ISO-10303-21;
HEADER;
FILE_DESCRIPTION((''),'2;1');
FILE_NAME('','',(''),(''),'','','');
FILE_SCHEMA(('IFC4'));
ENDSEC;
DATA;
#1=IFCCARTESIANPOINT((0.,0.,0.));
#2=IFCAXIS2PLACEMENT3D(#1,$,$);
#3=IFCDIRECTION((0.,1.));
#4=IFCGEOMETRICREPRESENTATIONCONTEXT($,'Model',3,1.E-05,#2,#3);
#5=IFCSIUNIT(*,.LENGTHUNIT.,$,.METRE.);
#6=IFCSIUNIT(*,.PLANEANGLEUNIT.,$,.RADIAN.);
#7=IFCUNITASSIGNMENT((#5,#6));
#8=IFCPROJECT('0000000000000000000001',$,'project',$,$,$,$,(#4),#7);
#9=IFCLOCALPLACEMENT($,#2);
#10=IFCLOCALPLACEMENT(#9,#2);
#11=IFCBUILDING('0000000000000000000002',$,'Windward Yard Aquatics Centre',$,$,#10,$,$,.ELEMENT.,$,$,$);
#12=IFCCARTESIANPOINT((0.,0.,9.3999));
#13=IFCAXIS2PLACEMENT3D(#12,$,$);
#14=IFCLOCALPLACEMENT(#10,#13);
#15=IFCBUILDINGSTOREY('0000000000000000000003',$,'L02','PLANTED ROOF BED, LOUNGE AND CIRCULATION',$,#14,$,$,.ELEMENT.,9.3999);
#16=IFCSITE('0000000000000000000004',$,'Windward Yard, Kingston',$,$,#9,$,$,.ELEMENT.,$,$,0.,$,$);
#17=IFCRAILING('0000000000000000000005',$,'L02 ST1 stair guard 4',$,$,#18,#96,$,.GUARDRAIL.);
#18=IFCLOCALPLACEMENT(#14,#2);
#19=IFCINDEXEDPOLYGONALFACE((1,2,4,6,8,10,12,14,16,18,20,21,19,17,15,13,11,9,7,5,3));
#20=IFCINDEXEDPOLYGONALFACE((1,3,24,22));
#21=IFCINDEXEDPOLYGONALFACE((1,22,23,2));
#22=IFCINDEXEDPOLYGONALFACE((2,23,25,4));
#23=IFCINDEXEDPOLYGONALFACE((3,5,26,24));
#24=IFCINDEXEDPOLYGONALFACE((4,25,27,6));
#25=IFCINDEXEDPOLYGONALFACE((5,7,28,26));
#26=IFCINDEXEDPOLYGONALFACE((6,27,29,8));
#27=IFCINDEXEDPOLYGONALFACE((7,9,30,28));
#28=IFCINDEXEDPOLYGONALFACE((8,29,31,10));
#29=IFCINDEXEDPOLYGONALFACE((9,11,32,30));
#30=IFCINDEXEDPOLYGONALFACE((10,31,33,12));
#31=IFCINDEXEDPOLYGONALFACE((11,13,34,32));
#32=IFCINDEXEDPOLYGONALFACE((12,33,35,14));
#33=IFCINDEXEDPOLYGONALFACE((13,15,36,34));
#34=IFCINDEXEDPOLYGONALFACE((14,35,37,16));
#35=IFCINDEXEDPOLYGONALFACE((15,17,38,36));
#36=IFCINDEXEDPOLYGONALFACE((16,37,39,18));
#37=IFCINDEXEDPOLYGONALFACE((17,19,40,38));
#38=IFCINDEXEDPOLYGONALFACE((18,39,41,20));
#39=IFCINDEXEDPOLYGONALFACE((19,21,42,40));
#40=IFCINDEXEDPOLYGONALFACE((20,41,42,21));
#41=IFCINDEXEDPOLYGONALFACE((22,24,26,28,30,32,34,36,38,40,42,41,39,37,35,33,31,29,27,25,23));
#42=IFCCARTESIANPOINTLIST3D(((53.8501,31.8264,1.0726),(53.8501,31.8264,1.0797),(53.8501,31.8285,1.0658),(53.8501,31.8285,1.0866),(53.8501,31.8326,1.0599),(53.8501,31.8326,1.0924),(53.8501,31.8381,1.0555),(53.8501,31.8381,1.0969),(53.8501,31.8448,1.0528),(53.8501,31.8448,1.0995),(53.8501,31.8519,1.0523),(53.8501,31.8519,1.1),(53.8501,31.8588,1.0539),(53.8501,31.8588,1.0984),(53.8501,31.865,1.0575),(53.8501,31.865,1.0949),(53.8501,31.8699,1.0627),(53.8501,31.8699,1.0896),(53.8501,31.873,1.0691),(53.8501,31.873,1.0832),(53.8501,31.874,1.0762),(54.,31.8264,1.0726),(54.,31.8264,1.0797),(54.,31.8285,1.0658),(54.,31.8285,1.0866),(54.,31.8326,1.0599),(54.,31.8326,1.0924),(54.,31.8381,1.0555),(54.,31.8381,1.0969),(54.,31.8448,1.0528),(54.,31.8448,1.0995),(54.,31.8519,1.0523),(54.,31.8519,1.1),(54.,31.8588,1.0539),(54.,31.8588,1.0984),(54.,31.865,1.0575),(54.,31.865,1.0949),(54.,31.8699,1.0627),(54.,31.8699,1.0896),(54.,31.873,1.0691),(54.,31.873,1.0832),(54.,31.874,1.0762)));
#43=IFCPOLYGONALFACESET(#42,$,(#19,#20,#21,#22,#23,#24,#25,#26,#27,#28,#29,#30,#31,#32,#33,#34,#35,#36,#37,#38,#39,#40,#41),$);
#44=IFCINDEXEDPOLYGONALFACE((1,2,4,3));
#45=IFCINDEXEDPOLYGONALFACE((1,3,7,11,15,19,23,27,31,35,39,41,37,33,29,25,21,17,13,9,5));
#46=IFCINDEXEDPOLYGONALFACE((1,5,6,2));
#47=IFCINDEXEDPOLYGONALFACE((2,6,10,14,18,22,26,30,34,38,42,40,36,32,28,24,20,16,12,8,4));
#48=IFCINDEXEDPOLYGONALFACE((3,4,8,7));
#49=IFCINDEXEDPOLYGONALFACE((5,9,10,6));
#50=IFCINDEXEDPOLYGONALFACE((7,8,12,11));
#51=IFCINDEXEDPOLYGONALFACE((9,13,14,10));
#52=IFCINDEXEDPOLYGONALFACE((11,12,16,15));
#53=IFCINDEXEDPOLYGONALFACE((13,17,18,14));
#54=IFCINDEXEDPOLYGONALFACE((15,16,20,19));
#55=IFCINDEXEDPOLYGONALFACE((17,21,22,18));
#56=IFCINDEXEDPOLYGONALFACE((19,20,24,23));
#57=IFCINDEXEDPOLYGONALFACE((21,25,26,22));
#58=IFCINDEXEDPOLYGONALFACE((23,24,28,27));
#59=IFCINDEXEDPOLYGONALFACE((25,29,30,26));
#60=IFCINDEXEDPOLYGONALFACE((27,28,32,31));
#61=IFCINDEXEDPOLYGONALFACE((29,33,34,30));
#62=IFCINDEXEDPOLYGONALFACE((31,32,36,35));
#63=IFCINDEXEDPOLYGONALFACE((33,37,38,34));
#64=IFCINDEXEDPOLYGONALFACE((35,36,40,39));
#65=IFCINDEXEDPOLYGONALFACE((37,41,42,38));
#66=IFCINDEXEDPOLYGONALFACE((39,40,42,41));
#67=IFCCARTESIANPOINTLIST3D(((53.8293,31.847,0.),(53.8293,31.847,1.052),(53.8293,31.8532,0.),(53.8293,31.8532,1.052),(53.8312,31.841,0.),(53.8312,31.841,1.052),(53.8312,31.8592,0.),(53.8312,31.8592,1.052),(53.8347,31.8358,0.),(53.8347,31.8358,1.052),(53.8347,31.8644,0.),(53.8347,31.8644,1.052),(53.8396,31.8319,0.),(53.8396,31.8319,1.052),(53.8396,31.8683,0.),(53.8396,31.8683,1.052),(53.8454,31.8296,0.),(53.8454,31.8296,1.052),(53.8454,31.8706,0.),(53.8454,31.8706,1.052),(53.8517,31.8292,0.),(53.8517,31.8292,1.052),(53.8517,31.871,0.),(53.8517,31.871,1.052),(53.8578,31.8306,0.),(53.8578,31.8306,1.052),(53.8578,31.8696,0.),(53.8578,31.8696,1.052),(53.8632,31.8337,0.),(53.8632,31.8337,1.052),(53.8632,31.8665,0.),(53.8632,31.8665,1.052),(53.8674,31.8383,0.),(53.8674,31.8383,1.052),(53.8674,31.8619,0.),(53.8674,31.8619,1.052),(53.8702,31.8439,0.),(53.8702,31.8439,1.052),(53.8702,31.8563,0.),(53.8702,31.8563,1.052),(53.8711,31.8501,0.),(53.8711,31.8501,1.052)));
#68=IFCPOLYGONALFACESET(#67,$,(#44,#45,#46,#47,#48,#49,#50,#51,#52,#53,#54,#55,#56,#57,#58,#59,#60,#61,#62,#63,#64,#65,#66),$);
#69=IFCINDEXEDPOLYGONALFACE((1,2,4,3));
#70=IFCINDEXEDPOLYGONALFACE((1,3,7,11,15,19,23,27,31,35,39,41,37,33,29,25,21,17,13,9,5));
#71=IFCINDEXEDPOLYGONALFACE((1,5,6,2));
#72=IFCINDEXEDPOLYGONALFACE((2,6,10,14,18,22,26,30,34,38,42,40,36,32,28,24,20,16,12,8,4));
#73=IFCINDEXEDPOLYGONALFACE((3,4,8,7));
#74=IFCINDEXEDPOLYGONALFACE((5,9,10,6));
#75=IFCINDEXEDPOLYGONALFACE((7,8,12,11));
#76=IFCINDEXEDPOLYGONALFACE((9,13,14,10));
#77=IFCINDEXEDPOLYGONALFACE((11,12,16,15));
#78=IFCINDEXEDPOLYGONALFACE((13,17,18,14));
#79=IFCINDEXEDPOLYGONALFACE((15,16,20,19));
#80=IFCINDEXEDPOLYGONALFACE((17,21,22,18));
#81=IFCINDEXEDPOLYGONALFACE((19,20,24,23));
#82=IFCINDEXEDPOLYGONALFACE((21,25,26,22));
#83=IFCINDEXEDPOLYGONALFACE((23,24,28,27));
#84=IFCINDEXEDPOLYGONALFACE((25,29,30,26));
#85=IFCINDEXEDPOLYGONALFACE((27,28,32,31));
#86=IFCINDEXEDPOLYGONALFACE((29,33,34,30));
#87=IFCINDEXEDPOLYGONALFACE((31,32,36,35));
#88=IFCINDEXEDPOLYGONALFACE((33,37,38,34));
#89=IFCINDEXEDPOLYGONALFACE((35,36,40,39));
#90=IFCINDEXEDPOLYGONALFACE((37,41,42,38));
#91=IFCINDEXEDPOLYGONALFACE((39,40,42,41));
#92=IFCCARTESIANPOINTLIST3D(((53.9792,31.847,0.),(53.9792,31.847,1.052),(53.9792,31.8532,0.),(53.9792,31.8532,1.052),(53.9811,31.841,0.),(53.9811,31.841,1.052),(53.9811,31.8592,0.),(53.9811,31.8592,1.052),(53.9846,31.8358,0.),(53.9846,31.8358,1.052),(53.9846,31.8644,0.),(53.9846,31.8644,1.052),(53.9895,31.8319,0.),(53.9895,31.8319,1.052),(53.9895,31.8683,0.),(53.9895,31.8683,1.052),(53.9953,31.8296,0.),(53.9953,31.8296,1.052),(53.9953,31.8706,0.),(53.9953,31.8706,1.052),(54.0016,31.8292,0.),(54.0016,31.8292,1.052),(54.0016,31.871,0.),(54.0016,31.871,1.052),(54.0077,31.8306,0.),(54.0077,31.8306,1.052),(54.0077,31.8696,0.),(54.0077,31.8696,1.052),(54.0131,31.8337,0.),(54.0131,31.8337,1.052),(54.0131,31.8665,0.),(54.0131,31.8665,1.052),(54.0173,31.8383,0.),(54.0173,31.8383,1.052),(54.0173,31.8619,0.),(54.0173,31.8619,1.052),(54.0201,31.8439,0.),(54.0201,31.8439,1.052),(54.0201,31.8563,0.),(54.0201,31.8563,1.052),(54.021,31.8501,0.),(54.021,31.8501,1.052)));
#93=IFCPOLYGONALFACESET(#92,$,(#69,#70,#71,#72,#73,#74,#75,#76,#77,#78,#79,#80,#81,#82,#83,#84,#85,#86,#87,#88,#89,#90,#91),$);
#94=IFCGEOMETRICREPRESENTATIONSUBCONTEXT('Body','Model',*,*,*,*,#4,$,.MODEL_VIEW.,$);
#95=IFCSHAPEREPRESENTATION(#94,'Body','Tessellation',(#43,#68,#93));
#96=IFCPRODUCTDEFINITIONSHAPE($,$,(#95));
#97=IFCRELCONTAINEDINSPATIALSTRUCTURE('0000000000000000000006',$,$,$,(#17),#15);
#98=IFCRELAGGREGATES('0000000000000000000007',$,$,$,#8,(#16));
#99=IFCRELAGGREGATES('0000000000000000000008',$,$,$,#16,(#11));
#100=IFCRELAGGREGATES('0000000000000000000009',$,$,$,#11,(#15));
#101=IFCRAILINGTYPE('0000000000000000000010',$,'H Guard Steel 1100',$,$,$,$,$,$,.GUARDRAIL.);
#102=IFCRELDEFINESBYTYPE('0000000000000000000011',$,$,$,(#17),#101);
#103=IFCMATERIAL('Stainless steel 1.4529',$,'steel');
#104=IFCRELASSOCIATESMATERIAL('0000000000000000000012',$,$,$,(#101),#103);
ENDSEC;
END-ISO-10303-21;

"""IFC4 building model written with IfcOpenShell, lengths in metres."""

from ifc_helpers import new_model, si_unit, direction, frame, origin, origin_2d, place, context, subcontext, project, spatial, circle, extrude, material, type_object, element, save


model = new_model("IFC4")

# Units and contexts
model_context = context("Model", 3, precision=1e-05, world=origin(), true_north=direction((0.0, 1.0)))
body_context = subcontext(model_context, "Body", "Model", "MODEL_VIEW")
ifc_project = project(units=[si_unit("LENGTHUNIT", "METRE"), si_unit("PLANEANGLEUNIT", "RADIAN")], contexts=[model_context])

# Site, building, storey
site_placement = place(None, origin())
site = spatial("IfcSite", under=ifc_project, at=site_placement, Name="Windward Yard, Kingston", CompositionType="ELEMENT", RefElevation=0.0)
building_placement = place(site_placement, origin())
building = spatial("IfcBuilding", under=site, at=building_placement, Name="Windward Yard Aquatics Centre", CompositionType="ELEMENT")
storey_placement = place(building_placement, frame((0.0, 0.0, 9.3999)))
storey = spatial("IfcBuildingStorey", under=building, at=storey_placement, Name="L02", Description="PLANTED ROOF BED, LOUNGE AND CIRCULATION", CompositionType="ELEMENT", Elevation=9.3999)

# Railing
ifc_material_1 = material(Name="Stainless steel 1.4529", Category="steel")
railing_type_1 = type_object("IfcRailingType", Name="H Guard Steel 1100", PredefinedType="GUARDRAIL", material=ifc_material_1)
railing_1_placement = place(storey_placement, frame((53.8501, 31.8501, 0.0)))
element("IfcRailing", 1, at=railing_1_placement, inside=storey, type_object=railing_type_1, Name="L02 ST1 stair guard 4", PredefinedType="GUARDRAIL", context=body_context, shape_type="SweptSolid", body=[
    extrude(circle(Radius=0.0239, at=origin_2d()), frame((0.0, 0.0, 1.0762), z_axis=(1.0, 0.0, 0.0), x_axis=(0.0, 1.0, 0.0)), (0.0, 0.0, 1.0), 0.1499),
    extrude(circle(Radius=0.021, at=origin_2d()), origin(), (0.0, 0.0, 1.0), 1.052),
    extrude(circle(Radius=0.021, at=origin_2d()), frame((0.1499, 0.0, 0.0)), (0.0, 0.0, 1.0), 1.052),
])

save(model, "model.ifc")
